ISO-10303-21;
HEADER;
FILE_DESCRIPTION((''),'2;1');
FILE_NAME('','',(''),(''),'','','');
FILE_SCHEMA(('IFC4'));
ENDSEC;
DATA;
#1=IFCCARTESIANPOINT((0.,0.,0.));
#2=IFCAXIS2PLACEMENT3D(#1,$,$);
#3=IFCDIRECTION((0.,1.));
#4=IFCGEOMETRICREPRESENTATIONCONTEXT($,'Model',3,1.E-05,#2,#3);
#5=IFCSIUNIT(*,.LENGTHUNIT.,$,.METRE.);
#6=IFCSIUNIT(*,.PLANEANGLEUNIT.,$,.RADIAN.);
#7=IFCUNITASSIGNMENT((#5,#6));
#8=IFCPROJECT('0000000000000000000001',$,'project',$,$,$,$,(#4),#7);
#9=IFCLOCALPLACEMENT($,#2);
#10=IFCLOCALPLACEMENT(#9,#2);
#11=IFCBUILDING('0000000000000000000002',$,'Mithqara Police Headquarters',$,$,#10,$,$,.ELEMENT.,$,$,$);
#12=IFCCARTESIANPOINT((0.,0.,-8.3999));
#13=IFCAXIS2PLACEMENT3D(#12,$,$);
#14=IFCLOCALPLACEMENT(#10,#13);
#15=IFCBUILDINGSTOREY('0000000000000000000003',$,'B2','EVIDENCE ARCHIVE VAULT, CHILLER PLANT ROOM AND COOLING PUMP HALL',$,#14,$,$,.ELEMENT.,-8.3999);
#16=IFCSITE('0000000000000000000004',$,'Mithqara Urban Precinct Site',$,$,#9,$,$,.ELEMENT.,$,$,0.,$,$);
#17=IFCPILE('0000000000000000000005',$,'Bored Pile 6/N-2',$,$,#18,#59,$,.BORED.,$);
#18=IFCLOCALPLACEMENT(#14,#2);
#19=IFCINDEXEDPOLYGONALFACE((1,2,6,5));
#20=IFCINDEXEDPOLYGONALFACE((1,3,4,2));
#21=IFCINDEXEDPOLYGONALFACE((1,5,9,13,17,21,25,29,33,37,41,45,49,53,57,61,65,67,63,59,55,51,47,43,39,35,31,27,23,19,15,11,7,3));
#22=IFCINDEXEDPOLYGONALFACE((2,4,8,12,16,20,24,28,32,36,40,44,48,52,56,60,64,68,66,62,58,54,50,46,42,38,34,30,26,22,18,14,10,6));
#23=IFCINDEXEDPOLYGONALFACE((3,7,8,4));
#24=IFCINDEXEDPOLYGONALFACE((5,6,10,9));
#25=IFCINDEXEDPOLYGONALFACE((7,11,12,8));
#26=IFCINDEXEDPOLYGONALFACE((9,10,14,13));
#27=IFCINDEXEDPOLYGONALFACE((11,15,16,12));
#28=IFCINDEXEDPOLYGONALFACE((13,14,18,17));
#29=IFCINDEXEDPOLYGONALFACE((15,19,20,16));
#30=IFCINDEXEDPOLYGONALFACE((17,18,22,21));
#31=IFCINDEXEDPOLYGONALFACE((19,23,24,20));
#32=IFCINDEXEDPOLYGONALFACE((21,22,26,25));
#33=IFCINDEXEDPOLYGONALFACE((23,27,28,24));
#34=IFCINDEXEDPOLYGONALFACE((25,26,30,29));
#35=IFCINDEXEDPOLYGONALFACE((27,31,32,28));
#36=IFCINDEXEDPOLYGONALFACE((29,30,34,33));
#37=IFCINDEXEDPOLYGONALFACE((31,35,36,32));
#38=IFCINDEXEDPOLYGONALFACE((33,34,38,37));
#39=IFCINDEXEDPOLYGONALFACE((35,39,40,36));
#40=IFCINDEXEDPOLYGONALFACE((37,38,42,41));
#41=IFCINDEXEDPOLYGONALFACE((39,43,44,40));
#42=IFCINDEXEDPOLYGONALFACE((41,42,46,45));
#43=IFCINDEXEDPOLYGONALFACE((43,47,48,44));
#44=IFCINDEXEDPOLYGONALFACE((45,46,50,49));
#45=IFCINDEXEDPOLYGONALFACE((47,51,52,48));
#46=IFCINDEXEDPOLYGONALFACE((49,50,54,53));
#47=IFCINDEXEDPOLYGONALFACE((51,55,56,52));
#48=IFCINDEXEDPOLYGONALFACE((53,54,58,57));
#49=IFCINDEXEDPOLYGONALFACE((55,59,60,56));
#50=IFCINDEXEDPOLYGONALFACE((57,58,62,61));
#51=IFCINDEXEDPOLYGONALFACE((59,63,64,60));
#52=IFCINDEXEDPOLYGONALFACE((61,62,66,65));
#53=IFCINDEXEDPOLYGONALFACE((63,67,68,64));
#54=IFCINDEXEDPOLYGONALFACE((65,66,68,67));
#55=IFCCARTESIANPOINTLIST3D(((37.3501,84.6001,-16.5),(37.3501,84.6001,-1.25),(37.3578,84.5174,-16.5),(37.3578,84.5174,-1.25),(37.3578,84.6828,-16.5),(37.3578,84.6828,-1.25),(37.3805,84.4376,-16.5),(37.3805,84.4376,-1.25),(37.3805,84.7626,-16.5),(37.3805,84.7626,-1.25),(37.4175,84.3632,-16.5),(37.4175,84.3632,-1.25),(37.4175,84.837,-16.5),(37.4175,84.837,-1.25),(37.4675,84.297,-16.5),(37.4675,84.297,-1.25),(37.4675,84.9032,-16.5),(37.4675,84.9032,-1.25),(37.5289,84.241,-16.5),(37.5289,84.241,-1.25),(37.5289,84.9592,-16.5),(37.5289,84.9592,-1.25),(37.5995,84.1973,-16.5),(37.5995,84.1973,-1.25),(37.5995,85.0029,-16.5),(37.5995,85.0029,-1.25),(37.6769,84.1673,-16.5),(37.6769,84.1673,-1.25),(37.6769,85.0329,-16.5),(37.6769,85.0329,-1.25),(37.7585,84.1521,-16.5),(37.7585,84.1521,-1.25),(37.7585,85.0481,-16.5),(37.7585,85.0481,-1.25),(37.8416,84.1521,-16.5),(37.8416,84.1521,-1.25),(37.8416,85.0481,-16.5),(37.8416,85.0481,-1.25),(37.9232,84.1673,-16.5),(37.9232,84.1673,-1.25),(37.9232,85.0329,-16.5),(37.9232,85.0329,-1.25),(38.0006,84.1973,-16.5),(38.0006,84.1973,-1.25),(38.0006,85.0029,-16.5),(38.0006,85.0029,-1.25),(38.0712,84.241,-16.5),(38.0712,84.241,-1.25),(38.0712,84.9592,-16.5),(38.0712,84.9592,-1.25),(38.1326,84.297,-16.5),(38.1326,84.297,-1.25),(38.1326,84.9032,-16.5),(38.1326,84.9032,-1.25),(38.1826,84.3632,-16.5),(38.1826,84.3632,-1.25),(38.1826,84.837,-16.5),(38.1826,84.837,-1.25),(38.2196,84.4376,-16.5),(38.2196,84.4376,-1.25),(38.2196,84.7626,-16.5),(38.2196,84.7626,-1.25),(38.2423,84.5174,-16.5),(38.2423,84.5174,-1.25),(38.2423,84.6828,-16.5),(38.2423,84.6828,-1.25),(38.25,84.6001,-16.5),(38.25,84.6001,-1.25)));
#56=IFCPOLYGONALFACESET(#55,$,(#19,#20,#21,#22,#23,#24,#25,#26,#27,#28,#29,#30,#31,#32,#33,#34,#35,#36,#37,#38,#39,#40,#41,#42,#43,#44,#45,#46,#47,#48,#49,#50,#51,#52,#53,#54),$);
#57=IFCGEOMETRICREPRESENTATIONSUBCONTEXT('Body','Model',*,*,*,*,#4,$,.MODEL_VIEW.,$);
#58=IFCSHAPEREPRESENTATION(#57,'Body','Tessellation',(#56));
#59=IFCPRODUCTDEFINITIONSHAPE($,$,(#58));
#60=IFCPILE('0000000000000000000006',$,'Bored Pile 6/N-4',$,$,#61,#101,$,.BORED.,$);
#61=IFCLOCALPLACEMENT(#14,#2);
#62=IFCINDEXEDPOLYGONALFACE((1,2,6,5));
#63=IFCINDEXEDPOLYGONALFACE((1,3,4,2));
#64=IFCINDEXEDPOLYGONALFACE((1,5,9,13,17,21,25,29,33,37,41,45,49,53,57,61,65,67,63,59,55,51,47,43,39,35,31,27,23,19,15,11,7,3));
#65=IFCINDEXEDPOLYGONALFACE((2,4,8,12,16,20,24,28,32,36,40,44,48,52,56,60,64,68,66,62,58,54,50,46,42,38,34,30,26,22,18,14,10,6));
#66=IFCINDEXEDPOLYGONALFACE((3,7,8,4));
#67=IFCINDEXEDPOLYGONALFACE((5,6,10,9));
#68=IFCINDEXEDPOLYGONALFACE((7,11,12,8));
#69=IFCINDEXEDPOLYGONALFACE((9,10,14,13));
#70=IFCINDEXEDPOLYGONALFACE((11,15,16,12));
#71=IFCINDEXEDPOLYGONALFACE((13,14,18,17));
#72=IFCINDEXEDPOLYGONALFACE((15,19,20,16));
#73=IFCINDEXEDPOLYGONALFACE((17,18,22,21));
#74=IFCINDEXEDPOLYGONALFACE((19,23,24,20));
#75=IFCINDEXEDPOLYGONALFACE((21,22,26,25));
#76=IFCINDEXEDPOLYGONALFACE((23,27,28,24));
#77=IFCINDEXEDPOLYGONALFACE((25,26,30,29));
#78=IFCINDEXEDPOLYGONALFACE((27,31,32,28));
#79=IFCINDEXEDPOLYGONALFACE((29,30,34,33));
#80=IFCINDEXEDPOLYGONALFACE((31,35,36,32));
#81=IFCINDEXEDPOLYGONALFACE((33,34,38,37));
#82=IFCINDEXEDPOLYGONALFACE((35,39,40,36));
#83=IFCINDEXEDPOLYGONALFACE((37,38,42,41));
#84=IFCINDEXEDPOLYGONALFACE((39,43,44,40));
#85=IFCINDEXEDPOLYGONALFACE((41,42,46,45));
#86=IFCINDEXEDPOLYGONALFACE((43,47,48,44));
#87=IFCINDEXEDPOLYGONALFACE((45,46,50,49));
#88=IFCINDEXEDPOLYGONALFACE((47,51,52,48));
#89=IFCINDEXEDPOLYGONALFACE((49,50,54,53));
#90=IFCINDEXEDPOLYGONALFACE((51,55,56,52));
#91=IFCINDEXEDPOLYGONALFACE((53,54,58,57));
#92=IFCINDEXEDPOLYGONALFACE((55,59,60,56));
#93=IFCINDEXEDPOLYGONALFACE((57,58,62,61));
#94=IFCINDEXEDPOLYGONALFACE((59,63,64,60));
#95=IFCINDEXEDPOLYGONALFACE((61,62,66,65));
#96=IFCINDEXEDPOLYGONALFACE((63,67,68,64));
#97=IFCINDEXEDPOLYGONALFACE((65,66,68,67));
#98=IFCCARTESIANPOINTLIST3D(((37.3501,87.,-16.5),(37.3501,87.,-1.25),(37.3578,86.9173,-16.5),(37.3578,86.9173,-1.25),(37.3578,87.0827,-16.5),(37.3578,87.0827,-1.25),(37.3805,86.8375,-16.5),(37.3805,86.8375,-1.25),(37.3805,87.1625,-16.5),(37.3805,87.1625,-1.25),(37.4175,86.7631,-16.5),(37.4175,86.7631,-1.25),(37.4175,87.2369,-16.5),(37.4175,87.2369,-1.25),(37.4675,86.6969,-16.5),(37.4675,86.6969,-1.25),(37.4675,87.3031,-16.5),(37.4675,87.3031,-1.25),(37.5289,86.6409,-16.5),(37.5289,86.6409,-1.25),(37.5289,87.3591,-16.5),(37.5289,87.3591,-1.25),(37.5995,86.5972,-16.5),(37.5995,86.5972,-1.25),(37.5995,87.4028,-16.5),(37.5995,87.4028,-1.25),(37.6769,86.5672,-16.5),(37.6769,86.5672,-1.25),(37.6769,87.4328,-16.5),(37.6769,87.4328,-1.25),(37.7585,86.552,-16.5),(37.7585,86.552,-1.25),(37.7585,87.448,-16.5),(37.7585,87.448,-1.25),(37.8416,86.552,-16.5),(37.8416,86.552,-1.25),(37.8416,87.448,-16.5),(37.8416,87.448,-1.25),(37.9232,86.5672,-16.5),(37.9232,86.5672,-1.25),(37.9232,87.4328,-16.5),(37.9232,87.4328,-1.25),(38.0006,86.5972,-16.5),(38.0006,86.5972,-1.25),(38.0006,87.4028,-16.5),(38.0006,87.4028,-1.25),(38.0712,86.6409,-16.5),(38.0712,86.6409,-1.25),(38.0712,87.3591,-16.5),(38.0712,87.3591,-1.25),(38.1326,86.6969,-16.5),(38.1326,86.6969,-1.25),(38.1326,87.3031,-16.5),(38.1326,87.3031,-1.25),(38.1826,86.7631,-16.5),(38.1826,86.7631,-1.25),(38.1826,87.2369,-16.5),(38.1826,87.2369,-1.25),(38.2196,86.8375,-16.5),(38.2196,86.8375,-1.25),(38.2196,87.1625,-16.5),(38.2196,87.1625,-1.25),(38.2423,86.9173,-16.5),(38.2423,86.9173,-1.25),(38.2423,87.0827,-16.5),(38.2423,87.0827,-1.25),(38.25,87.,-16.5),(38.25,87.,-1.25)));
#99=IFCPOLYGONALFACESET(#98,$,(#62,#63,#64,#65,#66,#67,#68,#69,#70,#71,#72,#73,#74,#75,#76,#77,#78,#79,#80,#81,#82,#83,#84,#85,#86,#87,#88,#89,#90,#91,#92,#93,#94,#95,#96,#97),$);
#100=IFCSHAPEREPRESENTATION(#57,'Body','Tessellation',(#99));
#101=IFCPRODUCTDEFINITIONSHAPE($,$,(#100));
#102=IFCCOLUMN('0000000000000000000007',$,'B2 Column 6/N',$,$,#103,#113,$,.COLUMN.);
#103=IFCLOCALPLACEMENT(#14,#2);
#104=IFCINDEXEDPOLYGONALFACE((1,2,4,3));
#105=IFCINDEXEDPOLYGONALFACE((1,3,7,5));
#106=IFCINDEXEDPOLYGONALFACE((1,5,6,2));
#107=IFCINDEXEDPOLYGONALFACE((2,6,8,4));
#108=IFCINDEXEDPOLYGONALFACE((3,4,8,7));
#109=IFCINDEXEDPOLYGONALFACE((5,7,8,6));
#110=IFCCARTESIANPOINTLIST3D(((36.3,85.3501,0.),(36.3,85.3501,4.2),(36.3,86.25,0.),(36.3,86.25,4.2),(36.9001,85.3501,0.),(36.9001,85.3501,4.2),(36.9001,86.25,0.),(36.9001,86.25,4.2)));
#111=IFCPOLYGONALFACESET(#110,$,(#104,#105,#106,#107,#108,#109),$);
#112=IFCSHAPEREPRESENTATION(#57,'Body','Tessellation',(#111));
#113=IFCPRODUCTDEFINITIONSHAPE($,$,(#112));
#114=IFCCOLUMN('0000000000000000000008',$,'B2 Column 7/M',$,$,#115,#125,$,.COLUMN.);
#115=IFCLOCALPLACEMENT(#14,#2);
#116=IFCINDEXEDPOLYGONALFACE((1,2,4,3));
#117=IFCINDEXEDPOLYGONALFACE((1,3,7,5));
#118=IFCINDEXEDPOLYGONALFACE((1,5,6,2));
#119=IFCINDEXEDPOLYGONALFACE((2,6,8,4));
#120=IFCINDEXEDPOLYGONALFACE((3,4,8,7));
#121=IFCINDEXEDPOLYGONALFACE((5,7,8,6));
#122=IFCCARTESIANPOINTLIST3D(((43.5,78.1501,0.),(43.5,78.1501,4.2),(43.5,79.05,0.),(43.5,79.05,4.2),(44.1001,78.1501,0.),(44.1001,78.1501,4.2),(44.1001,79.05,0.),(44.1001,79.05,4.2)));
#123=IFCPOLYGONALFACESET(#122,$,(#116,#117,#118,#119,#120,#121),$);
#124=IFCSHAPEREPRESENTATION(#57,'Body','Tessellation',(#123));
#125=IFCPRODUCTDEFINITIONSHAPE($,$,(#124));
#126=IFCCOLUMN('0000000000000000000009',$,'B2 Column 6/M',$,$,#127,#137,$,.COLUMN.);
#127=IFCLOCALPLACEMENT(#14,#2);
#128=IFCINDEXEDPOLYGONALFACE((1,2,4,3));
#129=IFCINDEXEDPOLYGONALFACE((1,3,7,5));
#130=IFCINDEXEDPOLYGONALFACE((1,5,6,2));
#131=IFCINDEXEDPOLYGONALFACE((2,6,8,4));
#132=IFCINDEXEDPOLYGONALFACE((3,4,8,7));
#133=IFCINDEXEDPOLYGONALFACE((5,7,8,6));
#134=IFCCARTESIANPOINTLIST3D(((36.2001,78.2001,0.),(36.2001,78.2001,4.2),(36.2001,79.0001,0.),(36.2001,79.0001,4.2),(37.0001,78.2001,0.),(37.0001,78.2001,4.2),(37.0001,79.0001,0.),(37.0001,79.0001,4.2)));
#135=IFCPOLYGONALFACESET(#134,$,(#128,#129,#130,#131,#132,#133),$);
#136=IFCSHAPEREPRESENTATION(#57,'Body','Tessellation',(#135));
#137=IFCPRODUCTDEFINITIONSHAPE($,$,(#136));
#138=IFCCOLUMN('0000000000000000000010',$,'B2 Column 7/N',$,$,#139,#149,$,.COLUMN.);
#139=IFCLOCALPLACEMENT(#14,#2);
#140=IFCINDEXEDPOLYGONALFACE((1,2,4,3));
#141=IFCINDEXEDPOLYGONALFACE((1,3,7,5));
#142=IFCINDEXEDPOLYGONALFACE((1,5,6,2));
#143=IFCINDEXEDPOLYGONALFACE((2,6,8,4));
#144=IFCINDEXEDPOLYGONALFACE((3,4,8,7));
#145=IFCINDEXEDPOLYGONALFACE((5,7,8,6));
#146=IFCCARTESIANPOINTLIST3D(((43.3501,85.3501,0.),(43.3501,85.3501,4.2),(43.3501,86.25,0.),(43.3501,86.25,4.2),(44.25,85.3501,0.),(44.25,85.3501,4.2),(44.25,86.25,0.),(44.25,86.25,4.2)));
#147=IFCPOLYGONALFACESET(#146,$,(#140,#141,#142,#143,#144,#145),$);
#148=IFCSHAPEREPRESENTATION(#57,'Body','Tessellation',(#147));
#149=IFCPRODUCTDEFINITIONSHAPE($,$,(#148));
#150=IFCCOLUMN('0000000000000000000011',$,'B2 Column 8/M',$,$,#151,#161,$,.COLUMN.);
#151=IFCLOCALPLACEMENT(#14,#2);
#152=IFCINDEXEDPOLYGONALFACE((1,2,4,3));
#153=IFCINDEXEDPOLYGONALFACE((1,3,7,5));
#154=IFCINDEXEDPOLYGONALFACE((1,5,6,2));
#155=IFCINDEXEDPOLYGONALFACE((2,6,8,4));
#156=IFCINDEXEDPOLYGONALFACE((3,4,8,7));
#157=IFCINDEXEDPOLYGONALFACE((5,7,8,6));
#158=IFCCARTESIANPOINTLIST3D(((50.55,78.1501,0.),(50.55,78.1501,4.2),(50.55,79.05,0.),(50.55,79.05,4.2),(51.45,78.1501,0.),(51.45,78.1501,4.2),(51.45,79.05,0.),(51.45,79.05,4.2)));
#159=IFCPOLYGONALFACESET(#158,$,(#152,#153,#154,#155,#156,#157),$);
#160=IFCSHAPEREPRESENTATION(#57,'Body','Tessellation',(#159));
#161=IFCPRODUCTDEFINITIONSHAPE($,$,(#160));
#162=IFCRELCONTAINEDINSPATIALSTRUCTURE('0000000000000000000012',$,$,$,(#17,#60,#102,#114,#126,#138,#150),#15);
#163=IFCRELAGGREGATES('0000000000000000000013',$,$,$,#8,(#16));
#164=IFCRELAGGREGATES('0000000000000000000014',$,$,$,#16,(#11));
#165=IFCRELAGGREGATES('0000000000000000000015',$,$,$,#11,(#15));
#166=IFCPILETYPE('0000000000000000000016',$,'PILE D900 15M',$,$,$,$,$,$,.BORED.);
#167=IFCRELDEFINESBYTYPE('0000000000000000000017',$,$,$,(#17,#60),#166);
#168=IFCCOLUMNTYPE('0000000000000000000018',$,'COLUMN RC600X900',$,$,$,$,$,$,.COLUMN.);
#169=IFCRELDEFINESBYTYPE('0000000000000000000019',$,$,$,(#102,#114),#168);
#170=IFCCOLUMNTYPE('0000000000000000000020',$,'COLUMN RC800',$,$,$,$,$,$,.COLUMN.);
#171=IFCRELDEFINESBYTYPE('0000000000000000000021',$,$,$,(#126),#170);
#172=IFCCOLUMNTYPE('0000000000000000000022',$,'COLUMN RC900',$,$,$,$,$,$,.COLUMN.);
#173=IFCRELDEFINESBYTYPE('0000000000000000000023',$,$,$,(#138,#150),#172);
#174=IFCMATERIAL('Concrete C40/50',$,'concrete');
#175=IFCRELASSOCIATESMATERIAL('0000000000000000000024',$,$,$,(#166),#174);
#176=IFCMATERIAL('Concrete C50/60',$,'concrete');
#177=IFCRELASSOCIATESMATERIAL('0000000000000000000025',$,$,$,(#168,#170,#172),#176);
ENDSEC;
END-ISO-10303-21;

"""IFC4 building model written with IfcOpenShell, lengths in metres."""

from ifc_helpers import new_model, si_unit, direction, frame, origin, origin_2d, place, context, subcontext, project, spatial, rectangle, circle, extrude, material, material_profile, profile_set, type_object, element, save


model = new_model("IFC4")

# Units and contexts
model_context = context("Model", 3, precision=1e-05, world=origin(), true_north=direction((0.0, 1.0)))
body_context = subcontext(model_context, "Body", "Model", "MODEL_VIEW")
ifc_project = project(units=[si_unit("LENGTHUNIT", "METRE"), si_unit("PLANEANGLEUNIT", "RADIAN")], contexts=[model_context])

# Site, building, storey
site_placement = place(None, origin())
site = spatial("IfcSite", under=ifc_project, at=site_placement, Name="Mithqara Urban Precinct Site", CompositionType="ELEMENT", RefElevation=0.0)
building_placement = place(site_placement, origin())
building = spatial("IfcBuilding", under=site, at=building_placement, Name="Mithqara Police Headquarters", CompositionType="ELEMENT")
storey_placement = place(building_placement, frame((0.0, 0.0, -8.3999)))
storey = spatial("IfcBuildingStorey", under=building, at=storey_placement, Name="B2", Description="EVIDENCE ARCHIVE VAULT, CHILLER PLANT ROOM AND COOLING PUMP HALL", CompositionType="ELEMENT", Elevation=-8.3999)

# Shared definitions
ifc_material_1 = material(Name="Concrete C40/50", Category="concrete")

# Piles
ifc_material_profile_1 = material_profile(ifc_material_1, circle(Radius=0.45, at=origin_2d()), Name="PILE D900")
ifc_profile_set_1 = profile_set([ifc_material_profile_1], Name="Concrete C40/50")
pile_type_1 = type_object("IfcPileType", Name="PILE D900 15M", PredefinedType="BORED", material=ifc_profile_set_1)
for number, where, z_axis, x_axis, name in (
    (1, (37.8, 84.6001, -1.25), (0.0, 0.0, -1.0), (1.0, 0.0, 0.0), "Bored Pile 6/N-2"),
    (2, (37.8, 87.0, -1.25), (0.0, 0.0, -1.0), (1.0, 0.0, 0.0), "Bored Pile 6/N-4"),
):
    element("IfcPile", number, at=place(storey_placement, frame(where, z_axis=z_axis, x_axis=x_axis)), inside=storey, type_object=pile_type_1, Name=name, PredefinedType="BORED", context=body_context, shape_type="SweptSolid", body=[
        extrude(circle(Radius=0.45, at=origin_2d()), origin(), (0.0, 0.0, 1.0), 15.25),
    ])

# Columns
ifc_material_2 = material(Name="Concrete C50/60", Category="concrete")
ifc_material_profile_2 = material_profile(ifc_material_2, rectangle(XDim=0.6001, YDim=0.8999, at=origin_2d()), Name="RC 600x900")
ifc_profile_set_2 = profile_set([ifc_material_profile_2], Name="Concrete C50/60")
column_type_1 = type_object("IfcColumnType", Name="COLUMN RC600X900", PredefinedType="COLUMN", material=ifc_profile_set_2)
for number, where, z_axis, x_axis, name in (
    (3, (36.6001, 85.8, 0.0), (0.0, 0.0, 1.0), (1.0, 0.0, 0.0), "B2 Column 6/N"),
    (4, (43.8, 78.6001, 0.0), (0.0, 0.0, 1.0), (1.0, 0.0, 0.0), "B2 Column 7/M"),
):
    element("IfcColumn", number, at=place(storey_placement, frame(where, z_axis=z_axis, x_axis=x_axis)), inside=storey, type_object=column_type_1, Name=name, PredefinedType="COLUMN", context=body_context, shape_type="SweptSolid", body=[
        extrude(rectangle(XDim=0.6001, YDim=0.8999, at=origin_2d()), origin(), (0.0, 0.0, 1.0), 4.2),
    ])
ifc_material_profile_3 = material_profile(ifc_material_2, rectangle(XDim=0.8, YDim=0.8, at=origin_2d()), Name="RC 800x800")
ifc_profile_set_3 = profile_set([ifc_material_profile_3], Name="Concrete C50/60")
column_type_2 = type_object("IfcColumnType", Name="COLUMN RC800", PredefinedType="COLUMN", material=ifc_profile_set_3)
column_placement = place(storey_placement, frame((36.6001, 78.6001, 0.0), z_axis=(0.0, 0.0, 1.0), x_axis=(1.0, 0.0, 0.0)))
element("IfcColumn", 5, at=column_placement, inside=storey, type_object=column_type_2, Name="B2 Column 6/M", PredefinedType="COLUMN", context=body_context, shape_type="SweptSolid", body=[
    extrude(rectangle(XDim=0.8, YDim=0.8, at=origin_2d()), origin(), (0.0, 0.0, 1.0), 4.2),
])
ifc_material_profile_4 = material_profile(ifc_material_2, rectangle(XDim=0.8999, YDim=0.8999, at=origin_2d()), Name="RC 900x900")
ifc_profile_set_4 = profile_set([ifc_material_profile_4], Name="Concrete C50/60")
column_type_3 = type_object("IfcColumnType", Name="COLUMN RC900", PredefinedType="COLUMN", material=ifc_profile_set_4)
for number, where, z_axis, x_axis, name in (
    (6, (43.8, 85.8, 0.0), (0.0, 0.0, 1.0), (1.0, 0.0, 0.0), "B2 Column 7/N"),
    (7, (51.0, 78.6001, 0.0), (0.0, 0.0, 1.0), (1.0, 0.0, 0.0), "B2 Column 8/M"),
):
    element("IfcColumn", number, at=place(storey_placement, frame(where, z_axis=z_axis, x_axis=x_axis)), inside=storey, type_object=column_type_3, Name=name, PredefinedType="COLUMN", context=body_context, shape_type="SweptSolid", body=[
        extrude(rectangle(XDim=0.8999, YDim=0.8999, at=origin_2d()), origin(), (0.0, 0.0, 1.0), 4.2),
    ])

save(model, "model.ifc")
